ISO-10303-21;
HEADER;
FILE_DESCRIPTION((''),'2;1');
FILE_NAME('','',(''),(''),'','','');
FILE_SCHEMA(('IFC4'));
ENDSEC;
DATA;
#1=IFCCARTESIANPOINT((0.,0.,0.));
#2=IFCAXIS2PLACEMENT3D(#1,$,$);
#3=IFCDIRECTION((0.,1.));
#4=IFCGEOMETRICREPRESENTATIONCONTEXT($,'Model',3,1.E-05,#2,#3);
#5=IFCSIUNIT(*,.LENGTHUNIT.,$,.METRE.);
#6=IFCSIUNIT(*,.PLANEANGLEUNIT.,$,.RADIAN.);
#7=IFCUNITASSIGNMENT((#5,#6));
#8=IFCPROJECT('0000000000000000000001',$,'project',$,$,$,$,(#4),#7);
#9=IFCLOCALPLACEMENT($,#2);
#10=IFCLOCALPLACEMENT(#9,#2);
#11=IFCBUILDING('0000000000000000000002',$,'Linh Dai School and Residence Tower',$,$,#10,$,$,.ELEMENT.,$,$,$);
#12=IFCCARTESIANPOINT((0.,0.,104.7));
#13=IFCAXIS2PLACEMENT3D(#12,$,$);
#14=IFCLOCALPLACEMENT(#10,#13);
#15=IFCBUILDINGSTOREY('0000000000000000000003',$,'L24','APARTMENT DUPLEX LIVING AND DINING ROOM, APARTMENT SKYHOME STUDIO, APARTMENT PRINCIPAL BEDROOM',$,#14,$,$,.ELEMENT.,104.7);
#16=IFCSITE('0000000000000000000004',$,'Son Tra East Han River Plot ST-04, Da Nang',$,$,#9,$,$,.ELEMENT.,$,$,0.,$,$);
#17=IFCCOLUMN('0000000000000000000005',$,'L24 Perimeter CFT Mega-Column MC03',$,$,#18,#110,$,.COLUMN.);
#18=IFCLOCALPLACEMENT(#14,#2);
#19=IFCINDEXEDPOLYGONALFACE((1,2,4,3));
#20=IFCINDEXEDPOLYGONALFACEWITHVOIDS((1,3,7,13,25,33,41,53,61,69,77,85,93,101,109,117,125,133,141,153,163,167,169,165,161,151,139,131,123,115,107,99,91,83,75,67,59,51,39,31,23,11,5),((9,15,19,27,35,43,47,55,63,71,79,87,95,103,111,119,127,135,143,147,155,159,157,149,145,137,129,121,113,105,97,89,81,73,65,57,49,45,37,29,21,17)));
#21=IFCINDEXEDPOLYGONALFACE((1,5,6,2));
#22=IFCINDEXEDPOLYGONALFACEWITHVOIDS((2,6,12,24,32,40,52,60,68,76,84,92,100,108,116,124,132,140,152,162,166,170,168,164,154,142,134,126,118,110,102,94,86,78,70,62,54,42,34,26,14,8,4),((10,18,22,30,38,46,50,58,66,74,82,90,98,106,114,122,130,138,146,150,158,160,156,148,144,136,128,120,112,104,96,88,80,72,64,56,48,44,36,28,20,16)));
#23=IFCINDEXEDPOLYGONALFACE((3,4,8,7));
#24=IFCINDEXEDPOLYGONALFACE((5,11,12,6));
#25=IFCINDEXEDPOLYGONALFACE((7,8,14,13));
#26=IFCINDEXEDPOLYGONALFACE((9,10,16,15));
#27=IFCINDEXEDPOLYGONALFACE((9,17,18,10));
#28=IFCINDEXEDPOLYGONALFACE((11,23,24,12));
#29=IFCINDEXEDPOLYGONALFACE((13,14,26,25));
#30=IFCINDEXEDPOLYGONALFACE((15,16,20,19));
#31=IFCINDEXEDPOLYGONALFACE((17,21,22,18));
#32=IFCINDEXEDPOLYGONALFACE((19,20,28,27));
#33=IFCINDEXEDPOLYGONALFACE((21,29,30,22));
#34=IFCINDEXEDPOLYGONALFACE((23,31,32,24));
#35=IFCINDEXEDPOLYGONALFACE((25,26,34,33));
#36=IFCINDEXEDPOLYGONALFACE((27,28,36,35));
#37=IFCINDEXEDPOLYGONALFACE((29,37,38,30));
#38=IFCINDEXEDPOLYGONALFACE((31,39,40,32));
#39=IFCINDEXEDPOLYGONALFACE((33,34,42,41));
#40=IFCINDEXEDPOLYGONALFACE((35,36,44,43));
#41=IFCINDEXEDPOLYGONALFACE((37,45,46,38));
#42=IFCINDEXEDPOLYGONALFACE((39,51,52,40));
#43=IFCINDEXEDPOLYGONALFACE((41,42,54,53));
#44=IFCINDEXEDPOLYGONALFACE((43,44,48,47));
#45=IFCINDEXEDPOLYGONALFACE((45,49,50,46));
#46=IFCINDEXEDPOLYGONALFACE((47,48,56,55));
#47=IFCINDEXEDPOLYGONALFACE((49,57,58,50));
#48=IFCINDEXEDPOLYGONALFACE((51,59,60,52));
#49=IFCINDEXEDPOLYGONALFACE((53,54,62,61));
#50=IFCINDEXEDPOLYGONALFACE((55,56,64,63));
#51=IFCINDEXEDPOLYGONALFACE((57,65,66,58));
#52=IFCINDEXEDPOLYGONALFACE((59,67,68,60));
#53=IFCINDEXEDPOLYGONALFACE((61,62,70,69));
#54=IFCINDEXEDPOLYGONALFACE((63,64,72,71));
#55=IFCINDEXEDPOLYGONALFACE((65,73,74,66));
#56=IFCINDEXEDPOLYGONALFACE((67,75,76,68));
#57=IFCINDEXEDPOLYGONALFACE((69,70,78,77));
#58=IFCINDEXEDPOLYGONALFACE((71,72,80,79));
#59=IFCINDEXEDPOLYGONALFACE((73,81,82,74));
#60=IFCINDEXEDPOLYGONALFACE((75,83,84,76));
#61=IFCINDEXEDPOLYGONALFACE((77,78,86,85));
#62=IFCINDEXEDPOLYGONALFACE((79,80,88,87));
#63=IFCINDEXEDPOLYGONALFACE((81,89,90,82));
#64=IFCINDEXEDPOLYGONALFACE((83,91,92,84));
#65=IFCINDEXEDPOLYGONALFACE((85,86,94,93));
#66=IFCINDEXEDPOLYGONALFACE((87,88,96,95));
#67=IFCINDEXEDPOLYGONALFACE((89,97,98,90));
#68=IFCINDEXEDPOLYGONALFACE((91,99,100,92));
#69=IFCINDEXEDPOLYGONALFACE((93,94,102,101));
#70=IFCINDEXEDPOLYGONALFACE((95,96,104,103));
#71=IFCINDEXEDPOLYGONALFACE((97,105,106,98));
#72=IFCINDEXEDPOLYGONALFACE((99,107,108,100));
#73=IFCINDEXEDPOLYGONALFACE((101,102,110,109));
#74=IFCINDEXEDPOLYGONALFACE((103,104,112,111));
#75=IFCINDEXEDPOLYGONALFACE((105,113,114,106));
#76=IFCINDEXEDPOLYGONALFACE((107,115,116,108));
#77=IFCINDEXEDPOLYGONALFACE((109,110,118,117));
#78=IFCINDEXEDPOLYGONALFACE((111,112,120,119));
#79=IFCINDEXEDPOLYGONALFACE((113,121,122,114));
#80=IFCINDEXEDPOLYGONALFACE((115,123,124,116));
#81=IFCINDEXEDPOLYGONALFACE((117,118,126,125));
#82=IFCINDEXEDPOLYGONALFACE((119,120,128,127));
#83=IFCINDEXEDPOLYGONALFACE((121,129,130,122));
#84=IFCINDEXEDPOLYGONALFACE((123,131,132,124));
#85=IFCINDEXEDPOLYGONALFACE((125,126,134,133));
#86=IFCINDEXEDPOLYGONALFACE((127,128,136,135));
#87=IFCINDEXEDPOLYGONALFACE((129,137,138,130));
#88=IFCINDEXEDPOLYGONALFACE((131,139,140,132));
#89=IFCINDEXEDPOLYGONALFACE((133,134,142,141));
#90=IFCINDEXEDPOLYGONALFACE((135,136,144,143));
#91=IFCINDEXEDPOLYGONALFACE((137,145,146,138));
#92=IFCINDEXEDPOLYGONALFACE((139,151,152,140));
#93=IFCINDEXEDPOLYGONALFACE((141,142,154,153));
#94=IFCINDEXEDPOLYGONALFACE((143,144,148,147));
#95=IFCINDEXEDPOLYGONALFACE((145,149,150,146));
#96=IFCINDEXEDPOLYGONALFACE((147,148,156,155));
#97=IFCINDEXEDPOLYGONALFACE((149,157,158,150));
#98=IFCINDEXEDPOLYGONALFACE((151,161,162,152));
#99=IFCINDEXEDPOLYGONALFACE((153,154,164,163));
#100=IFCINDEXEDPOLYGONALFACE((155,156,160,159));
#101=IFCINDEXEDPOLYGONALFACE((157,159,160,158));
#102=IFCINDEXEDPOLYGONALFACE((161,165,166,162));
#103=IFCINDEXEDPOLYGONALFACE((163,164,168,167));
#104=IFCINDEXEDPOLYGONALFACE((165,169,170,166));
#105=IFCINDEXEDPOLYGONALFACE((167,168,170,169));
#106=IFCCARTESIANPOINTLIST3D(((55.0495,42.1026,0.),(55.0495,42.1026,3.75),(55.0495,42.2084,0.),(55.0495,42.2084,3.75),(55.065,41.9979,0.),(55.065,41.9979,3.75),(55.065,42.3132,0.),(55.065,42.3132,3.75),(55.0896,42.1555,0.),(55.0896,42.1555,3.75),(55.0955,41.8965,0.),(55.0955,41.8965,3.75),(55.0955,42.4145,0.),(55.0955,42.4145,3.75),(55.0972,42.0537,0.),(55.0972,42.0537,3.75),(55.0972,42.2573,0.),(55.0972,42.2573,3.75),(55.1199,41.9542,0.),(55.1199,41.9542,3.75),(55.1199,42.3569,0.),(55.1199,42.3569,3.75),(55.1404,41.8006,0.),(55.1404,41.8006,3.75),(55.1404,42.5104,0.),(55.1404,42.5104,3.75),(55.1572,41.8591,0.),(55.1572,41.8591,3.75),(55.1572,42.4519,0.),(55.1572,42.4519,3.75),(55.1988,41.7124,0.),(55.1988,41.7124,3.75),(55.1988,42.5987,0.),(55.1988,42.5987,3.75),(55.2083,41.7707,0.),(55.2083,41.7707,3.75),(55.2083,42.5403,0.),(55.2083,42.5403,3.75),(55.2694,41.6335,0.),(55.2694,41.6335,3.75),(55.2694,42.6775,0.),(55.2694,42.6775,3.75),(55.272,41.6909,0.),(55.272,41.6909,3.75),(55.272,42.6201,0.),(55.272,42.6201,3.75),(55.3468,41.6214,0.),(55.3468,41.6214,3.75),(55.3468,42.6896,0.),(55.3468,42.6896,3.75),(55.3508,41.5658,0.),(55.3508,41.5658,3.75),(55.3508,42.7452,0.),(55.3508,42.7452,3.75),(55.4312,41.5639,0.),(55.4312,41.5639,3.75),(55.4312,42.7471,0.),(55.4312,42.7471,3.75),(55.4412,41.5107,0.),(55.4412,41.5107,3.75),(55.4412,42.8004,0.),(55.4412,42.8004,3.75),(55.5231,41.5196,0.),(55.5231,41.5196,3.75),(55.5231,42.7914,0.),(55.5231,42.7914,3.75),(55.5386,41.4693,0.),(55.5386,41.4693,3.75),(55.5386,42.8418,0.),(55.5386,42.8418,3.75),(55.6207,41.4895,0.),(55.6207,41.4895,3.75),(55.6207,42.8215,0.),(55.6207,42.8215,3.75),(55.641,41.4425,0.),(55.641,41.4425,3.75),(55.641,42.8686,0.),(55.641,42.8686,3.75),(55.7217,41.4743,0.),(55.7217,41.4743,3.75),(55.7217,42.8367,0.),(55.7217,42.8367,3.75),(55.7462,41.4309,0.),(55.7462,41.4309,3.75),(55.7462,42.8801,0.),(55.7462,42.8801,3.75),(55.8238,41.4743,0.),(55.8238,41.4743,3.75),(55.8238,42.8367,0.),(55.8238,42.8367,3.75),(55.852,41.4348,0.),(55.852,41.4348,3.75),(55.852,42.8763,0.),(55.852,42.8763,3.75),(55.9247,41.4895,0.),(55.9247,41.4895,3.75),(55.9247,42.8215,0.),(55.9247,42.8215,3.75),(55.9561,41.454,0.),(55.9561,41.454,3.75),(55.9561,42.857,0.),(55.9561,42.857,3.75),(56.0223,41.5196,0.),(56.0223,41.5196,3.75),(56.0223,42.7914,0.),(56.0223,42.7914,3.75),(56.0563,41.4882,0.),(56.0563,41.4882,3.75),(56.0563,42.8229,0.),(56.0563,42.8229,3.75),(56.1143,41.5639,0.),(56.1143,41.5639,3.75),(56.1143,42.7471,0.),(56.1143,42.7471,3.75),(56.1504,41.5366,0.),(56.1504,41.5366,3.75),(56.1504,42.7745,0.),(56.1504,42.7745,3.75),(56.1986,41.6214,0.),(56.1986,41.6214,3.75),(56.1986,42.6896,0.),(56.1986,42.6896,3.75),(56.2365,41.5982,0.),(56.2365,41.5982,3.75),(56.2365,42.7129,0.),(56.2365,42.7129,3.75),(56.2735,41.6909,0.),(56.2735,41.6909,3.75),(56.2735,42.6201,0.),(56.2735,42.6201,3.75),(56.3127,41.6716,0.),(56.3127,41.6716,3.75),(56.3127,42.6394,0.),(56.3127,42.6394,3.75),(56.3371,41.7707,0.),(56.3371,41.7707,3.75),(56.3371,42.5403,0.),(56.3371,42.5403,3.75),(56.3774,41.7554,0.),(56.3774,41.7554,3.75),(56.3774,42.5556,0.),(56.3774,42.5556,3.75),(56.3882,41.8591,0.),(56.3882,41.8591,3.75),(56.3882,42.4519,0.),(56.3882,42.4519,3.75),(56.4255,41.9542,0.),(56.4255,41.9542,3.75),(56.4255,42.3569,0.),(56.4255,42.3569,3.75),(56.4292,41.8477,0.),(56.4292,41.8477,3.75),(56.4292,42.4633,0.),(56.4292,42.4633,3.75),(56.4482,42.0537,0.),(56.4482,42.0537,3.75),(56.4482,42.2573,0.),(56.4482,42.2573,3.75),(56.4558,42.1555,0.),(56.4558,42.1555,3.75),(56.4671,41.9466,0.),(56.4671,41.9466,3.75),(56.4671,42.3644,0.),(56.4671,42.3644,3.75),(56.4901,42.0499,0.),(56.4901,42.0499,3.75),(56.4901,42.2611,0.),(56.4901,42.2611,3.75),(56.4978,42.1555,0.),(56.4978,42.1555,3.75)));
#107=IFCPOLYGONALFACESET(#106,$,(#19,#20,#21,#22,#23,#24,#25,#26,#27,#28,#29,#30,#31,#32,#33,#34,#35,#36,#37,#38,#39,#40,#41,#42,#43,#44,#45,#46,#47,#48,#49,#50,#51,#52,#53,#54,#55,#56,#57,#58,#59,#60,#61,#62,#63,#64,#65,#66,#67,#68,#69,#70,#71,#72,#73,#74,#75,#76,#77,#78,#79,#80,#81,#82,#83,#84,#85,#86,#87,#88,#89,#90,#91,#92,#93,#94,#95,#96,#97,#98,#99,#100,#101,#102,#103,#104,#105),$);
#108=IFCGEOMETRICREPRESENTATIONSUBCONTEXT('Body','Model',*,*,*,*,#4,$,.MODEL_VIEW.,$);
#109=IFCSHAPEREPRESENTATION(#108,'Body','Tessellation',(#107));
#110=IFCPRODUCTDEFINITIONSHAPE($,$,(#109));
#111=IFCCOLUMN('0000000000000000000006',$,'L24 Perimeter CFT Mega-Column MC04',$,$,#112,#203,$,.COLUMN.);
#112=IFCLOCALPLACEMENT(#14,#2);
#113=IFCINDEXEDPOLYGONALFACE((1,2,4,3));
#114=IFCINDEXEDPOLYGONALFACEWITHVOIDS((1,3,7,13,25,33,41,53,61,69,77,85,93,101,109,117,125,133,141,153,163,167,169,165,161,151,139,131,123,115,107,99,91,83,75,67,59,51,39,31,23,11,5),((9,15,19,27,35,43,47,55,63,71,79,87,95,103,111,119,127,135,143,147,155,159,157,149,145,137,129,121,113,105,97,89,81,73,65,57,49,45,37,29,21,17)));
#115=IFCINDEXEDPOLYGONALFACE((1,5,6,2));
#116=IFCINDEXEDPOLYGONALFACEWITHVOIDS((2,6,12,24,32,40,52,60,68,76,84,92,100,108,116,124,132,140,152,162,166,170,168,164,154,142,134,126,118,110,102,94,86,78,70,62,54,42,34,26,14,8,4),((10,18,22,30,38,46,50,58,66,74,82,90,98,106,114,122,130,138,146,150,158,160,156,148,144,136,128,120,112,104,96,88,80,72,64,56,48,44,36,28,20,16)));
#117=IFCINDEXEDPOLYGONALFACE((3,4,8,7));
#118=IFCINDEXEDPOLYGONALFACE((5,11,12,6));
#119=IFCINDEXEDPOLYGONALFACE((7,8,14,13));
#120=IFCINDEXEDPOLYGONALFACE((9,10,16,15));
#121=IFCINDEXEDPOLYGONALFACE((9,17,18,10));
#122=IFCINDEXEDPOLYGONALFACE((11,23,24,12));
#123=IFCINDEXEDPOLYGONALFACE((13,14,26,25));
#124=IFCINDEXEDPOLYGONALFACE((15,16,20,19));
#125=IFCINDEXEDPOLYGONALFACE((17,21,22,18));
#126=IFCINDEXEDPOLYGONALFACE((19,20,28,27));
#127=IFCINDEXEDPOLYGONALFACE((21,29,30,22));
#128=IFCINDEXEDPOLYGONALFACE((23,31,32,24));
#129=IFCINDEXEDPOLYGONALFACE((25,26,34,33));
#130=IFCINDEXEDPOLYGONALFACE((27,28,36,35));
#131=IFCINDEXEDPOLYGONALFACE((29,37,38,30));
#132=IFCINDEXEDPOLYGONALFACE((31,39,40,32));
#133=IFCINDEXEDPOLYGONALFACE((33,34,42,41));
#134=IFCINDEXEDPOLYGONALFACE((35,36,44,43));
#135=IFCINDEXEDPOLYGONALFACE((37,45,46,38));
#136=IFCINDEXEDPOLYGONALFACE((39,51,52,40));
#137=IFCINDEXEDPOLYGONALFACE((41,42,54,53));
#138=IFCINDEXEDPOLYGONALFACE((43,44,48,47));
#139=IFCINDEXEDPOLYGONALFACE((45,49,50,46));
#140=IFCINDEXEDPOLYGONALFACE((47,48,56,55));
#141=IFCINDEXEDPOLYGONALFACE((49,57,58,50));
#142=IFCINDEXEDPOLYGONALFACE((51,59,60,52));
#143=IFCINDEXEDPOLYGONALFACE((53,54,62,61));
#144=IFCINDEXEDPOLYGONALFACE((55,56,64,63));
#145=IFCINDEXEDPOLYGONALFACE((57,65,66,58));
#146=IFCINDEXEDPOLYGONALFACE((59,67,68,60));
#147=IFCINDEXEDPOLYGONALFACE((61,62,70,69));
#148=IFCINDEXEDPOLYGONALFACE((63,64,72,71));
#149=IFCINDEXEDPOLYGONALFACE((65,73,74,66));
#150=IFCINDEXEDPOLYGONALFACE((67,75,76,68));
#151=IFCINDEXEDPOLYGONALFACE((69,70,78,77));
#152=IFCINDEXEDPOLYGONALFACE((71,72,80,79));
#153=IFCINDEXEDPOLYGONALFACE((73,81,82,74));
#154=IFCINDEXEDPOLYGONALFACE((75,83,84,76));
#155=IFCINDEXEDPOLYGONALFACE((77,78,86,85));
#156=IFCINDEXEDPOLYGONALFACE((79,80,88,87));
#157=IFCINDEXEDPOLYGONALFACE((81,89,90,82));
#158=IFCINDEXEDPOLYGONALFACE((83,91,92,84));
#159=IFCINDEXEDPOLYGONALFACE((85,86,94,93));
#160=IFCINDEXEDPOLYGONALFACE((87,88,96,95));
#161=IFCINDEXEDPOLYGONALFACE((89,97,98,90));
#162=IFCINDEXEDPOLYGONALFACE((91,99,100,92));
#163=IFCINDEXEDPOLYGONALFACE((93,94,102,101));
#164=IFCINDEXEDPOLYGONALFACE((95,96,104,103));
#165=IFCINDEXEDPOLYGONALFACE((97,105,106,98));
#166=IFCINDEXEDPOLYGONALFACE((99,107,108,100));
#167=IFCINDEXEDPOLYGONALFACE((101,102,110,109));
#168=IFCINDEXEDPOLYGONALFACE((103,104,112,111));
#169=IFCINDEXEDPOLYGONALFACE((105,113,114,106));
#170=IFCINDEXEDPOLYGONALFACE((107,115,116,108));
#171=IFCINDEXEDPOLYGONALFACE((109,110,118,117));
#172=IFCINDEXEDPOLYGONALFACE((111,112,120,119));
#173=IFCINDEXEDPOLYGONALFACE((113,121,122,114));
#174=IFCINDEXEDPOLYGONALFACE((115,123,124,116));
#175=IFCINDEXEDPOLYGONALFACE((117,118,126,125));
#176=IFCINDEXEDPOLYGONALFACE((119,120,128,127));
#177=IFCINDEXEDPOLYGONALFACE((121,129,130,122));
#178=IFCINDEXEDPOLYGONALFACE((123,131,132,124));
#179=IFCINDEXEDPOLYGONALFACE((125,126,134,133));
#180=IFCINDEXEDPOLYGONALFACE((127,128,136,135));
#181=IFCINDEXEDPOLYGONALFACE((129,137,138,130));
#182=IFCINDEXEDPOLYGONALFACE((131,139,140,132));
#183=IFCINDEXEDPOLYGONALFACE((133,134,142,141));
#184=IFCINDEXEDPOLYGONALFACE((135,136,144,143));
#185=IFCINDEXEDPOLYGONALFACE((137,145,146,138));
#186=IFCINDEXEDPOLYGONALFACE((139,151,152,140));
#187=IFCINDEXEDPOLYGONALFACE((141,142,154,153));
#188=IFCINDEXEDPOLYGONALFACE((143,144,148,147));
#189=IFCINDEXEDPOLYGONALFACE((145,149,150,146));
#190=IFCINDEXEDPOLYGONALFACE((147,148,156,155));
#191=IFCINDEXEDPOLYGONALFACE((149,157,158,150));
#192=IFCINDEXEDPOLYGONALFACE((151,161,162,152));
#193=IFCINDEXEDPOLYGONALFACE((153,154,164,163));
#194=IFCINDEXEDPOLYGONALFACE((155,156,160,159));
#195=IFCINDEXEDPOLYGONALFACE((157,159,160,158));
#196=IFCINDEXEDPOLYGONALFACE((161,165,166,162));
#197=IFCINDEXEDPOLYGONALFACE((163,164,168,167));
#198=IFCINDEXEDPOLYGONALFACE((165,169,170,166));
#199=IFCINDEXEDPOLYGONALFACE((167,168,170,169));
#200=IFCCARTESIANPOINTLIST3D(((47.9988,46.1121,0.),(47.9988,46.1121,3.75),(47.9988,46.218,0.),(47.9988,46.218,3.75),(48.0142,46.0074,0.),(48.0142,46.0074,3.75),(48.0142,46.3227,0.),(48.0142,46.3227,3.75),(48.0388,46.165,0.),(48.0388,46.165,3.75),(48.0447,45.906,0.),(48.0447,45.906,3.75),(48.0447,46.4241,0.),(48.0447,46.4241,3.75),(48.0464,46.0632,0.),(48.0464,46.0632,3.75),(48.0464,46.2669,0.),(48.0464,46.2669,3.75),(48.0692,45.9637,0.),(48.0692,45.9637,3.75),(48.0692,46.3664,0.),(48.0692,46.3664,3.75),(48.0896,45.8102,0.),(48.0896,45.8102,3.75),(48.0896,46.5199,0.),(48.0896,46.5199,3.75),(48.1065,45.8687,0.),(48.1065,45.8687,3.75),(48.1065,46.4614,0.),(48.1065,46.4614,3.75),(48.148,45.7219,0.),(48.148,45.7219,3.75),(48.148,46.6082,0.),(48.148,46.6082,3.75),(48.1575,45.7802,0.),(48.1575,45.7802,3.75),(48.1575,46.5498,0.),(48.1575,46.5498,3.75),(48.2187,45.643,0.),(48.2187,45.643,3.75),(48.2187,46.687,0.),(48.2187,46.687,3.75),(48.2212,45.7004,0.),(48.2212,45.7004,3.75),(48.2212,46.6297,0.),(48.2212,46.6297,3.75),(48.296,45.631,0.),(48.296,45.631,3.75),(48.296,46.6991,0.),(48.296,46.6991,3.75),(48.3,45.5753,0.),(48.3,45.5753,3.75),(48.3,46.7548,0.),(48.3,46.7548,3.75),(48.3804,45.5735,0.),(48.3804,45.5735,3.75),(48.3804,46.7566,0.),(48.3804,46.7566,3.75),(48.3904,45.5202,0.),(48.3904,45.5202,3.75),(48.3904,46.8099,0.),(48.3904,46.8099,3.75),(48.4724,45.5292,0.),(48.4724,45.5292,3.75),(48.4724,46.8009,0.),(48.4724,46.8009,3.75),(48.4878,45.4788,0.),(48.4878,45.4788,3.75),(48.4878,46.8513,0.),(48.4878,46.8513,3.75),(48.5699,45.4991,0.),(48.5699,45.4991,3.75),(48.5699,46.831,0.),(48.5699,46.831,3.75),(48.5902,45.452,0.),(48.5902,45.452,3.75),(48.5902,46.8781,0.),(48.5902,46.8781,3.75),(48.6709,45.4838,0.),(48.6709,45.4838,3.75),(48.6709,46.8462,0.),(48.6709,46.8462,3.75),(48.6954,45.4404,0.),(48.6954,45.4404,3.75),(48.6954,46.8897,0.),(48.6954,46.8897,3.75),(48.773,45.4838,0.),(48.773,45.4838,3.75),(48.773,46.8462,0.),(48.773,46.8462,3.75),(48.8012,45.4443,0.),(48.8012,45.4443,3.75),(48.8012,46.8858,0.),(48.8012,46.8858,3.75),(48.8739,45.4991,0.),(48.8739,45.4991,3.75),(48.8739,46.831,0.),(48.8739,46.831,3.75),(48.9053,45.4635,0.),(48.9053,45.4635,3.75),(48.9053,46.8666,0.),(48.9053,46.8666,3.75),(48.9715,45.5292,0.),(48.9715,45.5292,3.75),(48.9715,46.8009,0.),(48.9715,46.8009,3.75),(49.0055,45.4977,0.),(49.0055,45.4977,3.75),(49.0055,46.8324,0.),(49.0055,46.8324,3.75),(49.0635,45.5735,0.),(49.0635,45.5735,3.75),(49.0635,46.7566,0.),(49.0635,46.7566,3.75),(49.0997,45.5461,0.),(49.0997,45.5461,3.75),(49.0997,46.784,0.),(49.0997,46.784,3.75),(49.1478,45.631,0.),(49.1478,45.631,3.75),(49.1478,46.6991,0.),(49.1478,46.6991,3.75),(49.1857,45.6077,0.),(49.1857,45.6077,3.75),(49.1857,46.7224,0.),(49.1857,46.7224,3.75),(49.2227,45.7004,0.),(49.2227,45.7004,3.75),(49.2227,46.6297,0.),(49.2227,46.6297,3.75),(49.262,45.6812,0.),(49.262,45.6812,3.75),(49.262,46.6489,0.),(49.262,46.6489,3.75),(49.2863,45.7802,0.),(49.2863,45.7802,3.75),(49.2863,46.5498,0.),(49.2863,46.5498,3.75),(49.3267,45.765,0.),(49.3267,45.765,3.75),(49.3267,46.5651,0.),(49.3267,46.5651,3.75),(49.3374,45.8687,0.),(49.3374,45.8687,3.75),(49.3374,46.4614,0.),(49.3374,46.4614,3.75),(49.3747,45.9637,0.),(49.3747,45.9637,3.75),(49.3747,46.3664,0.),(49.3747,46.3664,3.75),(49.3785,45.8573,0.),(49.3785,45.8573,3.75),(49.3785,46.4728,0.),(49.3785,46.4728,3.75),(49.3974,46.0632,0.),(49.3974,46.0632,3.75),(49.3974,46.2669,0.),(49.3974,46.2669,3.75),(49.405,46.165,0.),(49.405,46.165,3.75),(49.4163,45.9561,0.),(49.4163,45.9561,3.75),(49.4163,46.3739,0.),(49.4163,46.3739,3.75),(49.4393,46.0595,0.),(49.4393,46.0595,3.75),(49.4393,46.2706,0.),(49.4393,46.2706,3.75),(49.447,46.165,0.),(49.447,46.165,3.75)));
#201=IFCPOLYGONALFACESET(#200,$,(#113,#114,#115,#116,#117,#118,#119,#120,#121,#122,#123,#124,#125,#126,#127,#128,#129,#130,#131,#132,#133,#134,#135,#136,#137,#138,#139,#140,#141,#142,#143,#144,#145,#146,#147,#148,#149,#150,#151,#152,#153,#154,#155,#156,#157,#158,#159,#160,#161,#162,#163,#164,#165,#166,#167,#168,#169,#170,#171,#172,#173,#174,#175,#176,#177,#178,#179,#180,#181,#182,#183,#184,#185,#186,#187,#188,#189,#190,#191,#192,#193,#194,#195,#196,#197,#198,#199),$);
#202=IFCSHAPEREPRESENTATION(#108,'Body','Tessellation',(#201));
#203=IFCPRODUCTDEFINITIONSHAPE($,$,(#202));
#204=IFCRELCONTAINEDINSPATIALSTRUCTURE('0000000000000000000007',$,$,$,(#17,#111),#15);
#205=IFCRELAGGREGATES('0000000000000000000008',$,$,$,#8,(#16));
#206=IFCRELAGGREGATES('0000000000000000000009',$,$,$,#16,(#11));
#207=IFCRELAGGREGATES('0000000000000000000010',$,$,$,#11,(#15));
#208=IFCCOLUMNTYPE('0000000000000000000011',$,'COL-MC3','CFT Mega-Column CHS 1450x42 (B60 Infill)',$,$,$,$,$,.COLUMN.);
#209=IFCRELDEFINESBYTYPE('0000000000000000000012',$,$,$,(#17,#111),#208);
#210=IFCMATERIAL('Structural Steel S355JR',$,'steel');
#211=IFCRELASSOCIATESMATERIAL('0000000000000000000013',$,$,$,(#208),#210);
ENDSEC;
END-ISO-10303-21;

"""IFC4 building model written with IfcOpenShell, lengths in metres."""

from ifc_helpers import new_model, si_unit, direction, frame, origin, origin_2d, place, context, subcontext, project, spatial, hollow_circle, extrude, material, material_profile, profile_set, type_object, element, save


model = new_model("IFC4")

# Units and contexts
model_context = context("Model", 3, precision=1e-05, world=origin(), true_north=direction((0.0, 1.0)))
body_context = subcontext(model_context, "Body", "Model", "MODEL_VIEW")
ifc_project = project(units=[si_unit("LENGTHUNIT", "METRE"), si_unit("PLANEANGLEUNIT", "RADIAN")], contexts=[model_context])

# Site, building, storey
site_placement = place(None, origin())
site = spatial("IfcSite", under=ifc_project, at=site_placement, Name="Son Tra East Han River Plot ST-04, Da Nang", CompositionType="ELEMENT", RefElevation=0.0)
building_placement = place(site_placement, origin())
building = spatial("IfcBuilding", under=site, at=building_placement, Name="Linh Dai School and Residence Tower", CompositionType="ELEMENT")
storey_placement = place(building_placement, frame((0.0, 0.0, 104.7)))
storey = spatial("IfcBuildingStorey", under=building, at=storey_placement, Name="L24", Description="APARTMENT DUPLEX LIVING AND DINING ROOM, APARTMENT SKYHOME STUDIO, APARTMENT PRINCIPAL BEDROOM", CompositionType="ELEMENT", Elevation=104.7)

# Columns
ifc_material_1 = material(Name="Structural Steel S355JR", Category="steel")
ifc_material_profile_1 = material_profile(ifc_material_1, hollow_circle(Radius=0.7251, WallThickness=0.042, at=origin_2d()), Name="CHS 1450x42")
ifc_profile_set_1 = profile_set([ifc_material_profile_1], Name="Structural Steel S355JR")
column_type = type_object("IfcColumnType", Name="COL-MC3", Description="CFT Mega-Column CHS 1450x42 (B60 Infill)", PredefinedType="COLUMN", material=ifc_profile_set_1)
for number, where, z_axis, x_axis, name in (
    (1, (55.7727, 42.1555, 0.0), (0.0, 0.0, 1.0), (1.0, 0.0, 0.0), "L24 Perimeter CFT Mega-Column MC03"),
    (2, (48.7219, 46.165, 0.0), (0.0, 0.0, 1.0), (1.0, 0.0, 0.0), "L24 Perimeter CFT Mega-Column MC04"),
):
    element("IfcColumn", number, at=place(storey_placement, frame(where, z_axis=z_axis, x_axis=x_axis)), inside=storey, type_object=column_type, Name=name, PredefinedType="COLUMN", context=body_context, shape_type="SweptSolid", body=[
        extrude(hollow_circle(Radius=0.7251, WallThickness=0.042, at=origin_2d()), origin(), (0.0, 0.0, 1.0), 3.75),
    ])

save(model, "model.ifc")
